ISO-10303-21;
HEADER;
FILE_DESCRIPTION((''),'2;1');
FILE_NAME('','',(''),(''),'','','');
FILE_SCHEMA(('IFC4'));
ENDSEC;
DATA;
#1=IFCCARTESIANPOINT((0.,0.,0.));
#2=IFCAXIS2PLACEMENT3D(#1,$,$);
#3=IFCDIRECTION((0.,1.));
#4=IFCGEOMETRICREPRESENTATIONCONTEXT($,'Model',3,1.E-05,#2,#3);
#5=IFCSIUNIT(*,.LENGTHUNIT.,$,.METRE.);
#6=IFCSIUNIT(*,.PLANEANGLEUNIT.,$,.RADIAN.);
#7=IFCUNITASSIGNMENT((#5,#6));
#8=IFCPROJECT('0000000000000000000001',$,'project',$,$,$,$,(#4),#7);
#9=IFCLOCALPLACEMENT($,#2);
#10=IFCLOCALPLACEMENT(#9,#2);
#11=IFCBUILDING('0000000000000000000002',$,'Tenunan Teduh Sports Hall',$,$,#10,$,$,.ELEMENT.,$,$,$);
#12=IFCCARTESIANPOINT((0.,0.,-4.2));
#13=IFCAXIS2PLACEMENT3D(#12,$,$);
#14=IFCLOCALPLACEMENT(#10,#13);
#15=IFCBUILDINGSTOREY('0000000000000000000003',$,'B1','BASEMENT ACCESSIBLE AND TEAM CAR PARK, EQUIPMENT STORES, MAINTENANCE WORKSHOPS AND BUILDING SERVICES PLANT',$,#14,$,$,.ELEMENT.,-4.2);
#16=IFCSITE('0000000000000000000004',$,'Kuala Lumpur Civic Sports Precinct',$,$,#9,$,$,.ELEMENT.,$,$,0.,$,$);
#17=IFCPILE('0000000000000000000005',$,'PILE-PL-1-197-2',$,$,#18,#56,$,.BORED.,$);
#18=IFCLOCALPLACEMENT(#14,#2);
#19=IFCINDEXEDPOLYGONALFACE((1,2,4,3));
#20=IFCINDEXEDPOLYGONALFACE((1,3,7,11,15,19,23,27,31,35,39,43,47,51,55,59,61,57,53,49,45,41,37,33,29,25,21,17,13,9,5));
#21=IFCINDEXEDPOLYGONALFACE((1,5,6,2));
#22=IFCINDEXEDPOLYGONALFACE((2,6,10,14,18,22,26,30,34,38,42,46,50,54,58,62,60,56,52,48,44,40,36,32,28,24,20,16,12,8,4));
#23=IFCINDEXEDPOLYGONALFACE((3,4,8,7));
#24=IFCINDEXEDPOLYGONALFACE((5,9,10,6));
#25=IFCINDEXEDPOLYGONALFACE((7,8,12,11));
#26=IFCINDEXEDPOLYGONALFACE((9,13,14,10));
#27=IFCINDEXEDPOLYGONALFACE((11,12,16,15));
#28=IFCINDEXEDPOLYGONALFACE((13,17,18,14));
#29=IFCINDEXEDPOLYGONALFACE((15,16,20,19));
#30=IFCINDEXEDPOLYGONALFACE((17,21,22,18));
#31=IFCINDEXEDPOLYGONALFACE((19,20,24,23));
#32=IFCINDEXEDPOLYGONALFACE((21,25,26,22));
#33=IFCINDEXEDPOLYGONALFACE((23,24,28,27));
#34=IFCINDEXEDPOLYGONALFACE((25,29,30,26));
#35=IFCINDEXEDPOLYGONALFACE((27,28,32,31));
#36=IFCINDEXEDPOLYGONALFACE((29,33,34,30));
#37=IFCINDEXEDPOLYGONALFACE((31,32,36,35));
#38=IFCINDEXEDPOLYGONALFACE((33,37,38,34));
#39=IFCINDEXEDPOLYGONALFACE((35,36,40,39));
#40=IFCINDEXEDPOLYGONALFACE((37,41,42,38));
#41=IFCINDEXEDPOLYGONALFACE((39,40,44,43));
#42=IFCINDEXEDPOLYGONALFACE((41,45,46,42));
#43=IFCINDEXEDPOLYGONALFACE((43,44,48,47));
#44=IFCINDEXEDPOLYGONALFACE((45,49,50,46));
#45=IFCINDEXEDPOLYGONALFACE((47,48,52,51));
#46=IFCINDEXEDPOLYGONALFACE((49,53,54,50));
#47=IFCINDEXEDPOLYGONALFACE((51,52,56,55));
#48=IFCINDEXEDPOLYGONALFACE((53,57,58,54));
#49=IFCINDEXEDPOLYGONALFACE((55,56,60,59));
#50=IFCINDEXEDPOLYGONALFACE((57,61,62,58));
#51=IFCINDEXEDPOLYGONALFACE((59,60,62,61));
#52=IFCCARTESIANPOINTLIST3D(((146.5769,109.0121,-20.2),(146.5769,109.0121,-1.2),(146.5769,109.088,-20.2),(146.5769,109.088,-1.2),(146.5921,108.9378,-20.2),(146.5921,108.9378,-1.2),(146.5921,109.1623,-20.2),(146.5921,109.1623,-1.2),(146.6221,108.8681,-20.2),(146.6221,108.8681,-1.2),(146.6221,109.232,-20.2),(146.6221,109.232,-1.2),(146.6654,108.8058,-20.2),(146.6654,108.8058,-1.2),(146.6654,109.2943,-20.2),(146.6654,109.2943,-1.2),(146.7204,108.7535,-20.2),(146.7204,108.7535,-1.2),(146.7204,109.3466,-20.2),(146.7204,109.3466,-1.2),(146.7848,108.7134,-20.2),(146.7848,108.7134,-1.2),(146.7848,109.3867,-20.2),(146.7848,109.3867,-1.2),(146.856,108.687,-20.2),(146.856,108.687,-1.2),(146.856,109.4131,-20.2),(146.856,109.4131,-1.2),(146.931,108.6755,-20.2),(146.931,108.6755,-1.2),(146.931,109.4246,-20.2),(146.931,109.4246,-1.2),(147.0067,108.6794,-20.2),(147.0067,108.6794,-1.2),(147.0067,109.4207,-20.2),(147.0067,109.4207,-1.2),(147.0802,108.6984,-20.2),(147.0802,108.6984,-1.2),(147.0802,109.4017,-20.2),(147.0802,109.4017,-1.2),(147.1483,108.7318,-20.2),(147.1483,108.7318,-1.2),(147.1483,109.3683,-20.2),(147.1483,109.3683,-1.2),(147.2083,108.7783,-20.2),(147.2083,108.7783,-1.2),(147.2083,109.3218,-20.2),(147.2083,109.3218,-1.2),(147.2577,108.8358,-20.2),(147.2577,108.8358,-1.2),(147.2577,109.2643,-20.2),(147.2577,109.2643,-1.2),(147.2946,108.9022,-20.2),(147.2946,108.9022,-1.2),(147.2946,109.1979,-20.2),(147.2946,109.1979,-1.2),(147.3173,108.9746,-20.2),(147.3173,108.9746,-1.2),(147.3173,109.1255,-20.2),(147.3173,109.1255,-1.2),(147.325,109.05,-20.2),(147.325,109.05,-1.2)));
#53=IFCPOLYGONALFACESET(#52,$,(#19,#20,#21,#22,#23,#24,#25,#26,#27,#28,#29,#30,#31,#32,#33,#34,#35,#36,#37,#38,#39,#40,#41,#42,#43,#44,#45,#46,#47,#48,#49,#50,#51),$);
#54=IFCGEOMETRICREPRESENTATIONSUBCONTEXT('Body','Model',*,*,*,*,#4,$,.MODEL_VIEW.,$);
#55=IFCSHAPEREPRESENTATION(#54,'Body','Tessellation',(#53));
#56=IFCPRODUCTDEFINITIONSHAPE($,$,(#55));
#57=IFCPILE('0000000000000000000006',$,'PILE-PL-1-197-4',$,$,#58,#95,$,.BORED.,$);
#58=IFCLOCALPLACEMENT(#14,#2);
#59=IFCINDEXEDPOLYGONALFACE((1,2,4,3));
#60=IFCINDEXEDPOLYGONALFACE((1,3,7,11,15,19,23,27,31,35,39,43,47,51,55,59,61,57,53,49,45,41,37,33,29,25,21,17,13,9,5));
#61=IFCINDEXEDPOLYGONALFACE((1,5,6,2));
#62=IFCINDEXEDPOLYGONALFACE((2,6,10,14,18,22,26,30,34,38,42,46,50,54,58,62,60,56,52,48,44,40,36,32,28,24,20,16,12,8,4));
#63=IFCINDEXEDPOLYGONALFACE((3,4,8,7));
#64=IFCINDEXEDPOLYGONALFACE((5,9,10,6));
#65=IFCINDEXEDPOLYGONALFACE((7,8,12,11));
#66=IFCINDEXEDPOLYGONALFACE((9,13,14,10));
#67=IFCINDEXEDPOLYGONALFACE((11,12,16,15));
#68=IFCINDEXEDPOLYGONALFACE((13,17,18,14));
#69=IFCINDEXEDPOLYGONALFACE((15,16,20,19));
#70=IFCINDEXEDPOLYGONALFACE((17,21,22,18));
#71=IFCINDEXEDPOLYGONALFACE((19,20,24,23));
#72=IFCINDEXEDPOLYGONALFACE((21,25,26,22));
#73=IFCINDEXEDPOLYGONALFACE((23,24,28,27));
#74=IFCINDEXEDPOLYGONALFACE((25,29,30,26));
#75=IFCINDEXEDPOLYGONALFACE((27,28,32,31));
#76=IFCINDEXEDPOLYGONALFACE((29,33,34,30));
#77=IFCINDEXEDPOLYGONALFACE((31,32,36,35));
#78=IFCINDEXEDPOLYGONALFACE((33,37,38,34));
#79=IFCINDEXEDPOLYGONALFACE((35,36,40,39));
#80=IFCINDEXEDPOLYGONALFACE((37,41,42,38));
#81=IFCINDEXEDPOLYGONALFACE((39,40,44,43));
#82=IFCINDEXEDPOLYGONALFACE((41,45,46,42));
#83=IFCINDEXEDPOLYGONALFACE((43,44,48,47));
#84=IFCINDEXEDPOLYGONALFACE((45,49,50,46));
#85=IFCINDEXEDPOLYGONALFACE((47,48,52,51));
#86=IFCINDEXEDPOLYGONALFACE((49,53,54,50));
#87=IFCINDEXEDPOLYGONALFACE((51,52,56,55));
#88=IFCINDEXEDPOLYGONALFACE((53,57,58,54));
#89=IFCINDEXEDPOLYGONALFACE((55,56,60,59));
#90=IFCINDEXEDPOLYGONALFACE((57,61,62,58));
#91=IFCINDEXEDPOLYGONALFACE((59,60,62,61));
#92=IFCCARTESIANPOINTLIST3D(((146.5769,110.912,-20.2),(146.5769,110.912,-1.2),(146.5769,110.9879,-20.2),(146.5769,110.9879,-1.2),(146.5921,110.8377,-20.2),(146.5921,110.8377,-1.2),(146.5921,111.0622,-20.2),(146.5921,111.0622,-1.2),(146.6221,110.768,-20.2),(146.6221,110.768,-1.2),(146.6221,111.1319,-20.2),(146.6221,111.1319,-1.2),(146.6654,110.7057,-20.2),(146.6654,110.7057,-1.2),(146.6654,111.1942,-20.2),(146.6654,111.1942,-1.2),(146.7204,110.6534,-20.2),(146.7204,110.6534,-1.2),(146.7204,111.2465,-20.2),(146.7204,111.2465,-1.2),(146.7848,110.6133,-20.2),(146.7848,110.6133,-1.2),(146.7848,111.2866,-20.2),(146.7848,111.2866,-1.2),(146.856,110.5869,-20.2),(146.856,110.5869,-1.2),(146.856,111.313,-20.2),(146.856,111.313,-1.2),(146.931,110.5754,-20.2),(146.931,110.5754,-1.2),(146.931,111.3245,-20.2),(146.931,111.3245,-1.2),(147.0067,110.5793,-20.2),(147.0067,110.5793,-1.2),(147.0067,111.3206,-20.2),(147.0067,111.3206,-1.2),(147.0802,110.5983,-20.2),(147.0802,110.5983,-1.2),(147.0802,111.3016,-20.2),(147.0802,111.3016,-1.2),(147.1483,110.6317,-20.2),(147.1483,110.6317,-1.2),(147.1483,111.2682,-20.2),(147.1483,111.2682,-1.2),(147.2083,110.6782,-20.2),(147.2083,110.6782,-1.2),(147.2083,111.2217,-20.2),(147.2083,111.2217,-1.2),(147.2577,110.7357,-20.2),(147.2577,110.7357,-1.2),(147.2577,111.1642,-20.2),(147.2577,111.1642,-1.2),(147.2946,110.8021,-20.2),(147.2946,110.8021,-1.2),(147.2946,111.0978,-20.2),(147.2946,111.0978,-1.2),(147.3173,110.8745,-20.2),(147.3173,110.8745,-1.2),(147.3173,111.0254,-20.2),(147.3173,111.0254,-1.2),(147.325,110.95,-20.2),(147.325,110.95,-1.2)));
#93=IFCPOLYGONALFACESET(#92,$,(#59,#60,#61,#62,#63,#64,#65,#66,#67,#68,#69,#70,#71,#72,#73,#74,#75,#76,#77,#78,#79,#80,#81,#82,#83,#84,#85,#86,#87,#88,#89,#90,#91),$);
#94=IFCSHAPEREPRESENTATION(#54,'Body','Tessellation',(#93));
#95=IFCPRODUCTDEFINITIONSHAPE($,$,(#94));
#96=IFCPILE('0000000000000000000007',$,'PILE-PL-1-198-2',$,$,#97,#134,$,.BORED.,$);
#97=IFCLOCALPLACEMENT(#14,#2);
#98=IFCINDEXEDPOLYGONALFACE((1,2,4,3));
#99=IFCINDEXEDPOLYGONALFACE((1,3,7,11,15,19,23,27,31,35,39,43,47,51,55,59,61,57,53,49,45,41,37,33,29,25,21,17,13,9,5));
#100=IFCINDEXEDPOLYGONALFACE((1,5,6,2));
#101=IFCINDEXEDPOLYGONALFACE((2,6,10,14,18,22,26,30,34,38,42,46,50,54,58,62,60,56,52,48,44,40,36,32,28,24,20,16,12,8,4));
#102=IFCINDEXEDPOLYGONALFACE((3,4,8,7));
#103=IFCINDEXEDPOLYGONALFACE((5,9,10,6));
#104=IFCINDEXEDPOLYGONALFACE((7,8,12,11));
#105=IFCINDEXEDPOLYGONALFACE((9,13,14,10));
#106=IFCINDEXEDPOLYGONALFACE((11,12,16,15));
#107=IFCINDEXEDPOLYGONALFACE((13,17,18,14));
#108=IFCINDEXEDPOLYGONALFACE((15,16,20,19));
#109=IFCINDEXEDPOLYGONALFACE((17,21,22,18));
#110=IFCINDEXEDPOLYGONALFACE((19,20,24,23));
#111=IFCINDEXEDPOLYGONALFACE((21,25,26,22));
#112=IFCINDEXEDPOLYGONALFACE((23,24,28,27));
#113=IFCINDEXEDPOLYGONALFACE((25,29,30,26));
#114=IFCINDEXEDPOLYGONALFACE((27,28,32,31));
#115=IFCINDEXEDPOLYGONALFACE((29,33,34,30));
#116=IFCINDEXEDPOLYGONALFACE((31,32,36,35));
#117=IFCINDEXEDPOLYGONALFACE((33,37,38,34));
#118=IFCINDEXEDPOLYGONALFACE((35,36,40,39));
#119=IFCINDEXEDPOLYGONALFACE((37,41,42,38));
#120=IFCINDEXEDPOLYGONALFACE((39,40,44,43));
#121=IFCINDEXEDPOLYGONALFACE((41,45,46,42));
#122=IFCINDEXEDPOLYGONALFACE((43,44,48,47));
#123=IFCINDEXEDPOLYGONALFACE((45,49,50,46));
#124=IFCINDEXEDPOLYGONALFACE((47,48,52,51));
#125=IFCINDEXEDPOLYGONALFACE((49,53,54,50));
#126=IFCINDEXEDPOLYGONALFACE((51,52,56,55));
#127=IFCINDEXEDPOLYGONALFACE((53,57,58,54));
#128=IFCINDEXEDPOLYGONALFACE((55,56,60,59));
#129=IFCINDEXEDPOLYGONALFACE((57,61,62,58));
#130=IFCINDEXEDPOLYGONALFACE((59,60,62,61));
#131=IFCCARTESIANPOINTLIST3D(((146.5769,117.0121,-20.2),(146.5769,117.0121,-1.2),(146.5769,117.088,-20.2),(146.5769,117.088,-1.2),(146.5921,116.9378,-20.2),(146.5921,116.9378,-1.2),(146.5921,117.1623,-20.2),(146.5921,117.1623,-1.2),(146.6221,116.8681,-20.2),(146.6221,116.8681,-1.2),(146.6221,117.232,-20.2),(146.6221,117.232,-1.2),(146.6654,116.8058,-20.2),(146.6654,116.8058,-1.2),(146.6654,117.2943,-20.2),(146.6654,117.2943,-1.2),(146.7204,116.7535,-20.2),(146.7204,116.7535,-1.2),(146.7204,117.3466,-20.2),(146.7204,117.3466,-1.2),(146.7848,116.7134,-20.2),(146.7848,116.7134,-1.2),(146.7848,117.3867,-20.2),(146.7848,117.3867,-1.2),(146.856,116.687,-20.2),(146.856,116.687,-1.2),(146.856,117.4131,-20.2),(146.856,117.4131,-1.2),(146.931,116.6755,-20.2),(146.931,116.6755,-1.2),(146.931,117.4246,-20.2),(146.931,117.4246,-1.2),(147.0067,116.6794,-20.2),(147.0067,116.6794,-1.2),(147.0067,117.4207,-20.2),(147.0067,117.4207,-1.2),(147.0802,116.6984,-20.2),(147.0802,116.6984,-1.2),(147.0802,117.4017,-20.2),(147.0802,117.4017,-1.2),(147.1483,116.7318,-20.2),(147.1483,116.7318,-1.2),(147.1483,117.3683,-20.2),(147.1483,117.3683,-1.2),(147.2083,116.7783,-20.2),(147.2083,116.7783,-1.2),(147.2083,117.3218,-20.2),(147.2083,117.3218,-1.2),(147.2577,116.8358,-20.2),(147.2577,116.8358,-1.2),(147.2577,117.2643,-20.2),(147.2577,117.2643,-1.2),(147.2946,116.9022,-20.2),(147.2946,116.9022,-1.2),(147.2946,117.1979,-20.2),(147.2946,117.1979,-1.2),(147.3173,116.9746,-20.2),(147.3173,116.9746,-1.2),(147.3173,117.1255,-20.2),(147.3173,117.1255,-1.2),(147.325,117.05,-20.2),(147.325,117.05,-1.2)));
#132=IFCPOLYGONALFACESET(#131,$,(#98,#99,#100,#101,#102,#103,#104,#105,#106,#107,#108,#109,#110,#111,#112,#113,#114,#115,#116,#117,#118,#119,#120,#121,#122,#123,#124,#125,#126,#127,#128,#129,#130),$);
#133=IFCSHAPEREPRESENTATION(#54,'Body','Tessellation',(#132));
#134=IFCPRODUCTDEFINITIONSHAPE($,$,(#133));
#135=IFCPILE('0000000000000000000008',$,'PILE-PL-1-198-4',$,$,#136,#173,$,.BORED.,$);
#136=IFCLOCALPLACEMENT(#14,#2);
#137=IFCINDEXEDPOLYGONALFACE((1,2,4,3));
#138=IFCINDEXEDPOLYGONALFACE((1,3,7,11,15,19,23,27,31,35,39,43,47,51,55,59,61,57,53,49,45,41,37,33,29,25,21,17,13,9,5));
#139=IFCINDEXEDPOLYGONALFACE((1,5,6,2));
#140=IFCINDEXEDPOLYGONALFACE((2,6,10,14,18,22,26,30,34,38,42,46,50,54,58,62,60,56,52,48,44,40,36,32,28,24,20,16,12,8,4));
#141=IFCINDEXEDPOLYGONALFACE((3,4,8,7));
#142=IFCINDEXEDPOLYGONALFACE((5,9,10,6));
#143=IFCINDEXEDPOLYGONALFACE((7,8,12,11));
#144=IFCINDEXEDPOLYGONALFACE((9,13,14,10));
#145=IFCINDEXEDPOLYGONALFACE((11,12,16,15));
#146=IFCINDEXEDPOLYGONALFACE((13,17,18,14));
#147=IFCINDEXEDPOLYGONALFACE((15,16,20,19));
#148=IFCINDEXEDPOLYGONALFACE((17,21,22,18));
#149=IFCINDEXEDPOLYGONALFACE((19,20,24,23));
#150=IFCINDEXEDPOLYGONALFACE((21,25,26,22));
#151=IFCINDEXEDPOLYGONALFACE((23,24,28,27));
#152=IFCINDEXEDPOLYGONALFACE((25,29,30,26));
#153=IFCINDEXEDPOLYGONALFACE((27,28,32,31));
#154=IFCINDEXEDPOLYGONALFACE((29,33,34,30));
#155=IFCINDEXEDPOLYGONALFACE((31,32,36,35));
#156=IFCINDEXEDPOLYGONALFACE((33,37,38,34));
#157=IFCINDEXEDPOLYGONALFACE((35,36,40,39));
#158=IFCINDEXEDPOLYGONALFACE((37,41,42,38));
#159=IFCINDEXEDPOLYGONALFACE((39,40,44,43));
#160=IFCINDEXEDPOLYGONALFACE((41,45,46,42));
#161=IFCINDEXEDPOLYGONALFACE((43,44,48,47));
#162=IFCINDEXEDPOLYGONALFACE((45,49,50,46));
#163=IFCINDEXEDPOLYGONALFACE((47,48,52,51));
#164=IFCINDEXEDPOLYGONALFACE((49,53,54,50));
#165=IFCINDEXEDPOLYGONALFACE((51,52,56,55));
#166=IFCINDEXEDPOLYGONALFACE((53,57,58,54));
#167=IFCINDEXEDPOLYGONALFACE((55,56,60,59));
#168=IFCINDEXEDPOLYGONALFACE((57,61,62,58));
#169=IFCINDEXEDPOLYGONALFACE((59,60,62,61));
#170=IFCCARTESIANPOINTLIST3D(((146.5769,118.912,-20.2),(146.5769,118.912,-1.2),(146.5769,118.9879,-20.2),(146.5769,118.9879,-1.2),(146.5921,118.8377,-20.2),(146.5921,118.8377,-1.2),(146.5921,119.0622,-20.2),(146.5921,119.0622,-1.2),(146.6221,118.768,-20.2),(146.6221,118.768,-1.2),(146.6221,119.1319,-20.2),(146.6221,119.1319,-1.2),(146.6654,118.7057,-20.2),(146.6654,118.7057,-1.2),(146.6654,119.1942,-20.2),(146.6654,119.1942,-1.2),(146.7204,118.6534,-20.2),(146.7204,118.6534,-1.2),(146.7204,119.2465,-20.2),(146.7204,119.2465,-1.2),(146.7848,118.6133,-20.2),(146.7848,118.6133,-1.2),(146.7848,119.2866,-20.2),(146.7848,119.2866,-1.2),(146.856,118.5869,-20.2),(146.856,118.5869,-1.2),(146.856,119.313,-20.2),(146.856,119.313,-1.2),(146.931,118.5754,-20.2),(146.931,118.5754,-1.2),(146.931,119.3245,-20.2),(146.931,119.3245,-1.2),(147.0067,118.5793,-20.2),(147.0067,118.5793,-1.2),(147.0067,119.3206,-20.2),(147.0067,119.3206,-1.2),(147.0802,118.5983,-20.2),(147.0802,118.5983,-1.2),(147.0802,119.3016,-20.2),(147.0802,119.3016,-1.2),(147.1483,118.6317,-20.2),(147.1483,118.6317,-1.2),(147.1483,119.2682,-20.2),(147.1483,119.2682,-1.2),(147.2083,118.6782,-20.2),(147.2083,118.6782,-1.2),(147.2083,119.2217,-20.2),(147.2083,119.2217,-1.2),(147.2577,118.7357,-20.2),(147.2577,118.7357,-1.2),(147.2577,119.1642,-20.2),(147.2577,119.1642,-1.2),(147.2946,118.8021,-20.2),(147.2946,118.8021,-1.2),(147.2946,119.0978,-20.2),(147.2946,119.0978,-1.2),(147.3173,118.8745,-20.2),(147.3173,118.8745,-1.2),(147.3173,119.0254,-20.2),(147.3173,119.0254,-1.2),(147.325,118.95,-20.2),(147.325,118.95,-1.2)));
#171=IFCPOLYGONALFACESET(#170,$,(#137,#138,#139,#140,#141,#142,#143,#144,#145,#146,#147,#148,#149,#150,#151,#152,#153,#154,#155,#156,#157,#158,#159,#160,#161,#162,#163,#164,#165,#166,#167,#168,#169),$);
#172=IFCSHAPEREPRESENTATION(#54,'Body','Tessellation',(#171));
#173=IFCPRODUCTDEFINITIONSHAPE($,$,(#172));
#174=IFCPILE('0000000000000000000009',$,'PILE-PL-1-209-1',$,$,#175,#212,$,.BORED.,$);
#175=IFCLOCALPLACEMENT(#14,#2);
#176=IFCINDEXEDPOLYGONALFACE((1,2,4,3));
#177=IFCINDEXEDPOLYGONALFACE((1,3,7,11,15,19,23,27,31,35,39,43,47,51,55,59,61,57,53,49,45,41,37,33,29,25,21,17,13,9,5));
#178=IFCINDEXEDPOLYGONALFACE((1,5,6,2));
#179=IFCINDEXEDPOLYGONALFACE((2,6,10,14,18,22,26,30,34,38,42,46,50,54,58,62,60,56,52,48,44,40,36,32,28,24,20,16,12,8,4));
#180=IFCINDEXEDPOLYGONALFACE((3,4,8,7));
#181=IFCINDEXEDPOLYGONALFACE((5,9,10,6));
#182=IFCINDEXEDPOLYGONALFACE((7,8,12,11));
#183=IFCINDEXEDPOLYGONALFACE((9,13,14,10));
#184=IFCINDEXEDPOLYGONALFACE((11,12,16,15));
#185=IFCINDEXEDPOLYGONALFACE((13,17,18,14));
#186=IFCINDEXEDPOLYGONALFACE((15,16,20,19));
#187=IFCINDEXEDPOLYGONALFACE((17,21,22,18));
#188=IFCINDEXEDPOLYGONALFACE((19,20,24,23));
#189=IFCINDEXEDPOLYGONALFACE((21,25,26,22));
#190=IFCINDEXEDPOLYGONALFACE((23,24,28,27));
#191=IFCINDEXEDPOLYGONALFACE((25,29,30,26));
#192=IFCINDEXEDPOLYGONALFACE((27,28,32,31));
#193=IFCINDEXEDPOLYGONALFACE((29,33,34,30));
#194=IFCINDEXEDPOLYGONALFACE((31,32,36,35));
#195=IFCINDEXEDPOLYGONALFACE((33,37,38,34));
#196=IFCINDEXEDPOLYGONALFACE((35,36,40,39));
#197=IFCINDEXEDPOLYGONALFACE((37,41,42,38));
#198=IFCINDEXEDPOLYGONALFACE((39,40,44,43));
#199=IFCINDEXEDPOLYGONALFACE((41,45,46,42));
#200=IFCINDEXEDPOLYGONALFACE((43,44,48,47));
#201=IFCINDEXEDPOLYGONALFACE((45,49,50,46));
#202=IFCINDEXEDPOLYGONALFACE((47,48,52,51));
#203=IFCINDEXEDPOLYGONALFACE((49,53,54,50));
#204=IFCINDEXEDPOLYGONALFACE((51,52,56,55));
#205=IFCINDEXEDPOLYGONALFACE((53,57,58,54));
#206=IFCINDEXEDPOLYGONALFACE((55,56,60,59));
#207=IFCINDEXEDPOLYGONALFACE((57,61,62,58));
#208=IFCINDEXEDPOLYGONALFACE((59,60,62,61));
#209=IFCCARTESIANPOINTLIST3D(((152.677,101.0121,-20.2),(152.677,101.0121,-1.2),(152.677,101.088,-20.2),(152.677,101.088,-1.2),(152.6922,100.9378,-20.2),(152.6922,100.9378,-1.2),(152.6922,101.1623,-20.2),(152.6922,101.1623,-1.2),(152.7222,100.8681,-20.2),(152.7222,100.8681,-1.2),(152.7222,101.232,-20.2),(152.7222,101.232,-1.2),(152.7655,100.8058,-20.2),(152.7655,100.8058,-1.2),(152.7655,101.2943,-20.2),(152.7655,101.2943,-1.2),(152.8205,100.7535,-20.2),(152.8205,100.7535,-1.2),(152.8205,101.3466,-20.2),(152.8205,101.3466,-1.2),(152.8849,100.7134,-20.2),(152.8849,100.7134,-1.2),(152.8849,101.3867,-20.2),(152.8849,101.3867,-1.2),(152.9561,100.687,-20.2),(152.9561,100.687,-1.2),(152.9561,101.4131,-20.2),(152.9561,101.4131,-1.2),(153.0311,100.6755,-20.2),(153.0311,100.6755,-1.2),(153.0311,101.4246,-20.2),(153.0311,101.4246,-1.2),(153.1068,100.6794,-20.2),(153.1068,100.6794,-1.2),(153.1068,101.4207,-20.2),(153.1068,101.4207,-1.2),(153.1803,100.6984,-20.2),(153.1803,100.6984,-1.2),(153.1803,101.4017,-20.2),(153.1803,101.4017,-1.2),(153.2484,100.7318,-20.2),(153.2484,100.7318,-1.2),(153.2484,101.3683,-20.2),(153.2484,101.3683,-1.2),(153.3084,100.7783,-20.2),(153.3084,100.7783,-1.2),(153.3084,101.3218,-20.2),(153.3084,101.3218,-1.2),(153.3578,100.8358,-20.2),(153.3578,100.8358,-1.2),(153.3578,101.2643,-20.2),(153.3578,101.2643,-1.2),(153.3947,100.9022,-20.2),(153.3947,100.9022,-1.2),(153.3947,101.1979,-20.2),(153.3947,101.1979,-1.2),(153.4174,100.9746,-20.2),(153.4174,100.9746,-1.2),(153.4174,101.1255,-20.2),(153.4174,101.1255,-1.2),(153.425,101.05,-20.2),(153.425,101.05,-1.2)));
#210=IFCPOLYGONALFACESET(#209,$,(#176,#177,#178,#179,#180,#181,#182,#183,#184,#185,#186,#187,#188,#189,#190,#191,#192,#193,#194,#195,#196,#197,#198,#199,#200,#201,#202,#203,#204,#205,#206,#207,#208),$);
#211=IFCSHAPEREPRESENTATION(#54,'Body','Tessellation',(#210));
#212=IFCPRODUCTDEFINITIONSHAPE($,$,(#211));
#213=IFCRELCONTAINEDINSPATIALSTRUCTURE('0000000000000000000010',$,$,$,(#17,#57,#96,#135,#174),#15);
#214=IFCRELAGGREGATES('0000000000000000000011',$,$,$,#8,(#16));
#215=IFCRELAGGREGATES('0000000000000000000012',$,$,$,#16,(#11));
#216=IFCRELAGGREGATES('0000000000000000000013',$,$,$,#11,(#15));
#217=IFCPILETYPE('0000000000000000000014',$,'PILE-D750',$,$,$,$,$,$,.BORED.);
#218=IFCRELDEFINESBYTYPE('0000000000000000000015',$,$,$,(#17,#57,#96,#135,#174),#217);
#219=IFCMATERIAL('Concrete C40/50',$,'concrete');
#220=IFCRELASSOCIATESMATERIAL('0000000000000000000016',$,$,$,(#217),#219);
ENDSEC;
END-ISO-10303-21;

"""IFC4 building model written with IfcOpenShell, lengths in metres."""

from ifc_helpers import new_model, si_unit, direction, frame, origin, origin_2d, place, context, subcontext, project, spatial, circle, extrude, material, material_profile, profile_set, type_object, element, save


model = new_model("IFC4")

# Units and contexts
model_context = context("Model", 3, precision=1e-05, world=origin(), true_north=direction((0.0, 1.0)))
body_context = subcontext(model_context, "Body", "Model", "MODEL_VIEW")
ifc_project = project(units=[si_unit("LENGTHUNIT", "METRE"), si_unit("PLANEANGLEUNIT", "RADIAN")], contexts=[model_context])

# Site, building, storey
site_placement = place(None, origin())
site = spatial("IfcSite", under=ifc_project, at=site_placement, Name="Kuala Lumpur Civic Sports Precinct", CompositionType="ELEMENT", RefElevation=0.0)
building_placement = place(site_placement, origin())
building = spatial("IfcBuilding", under=site, at=building_placement, Name="Tenunan Teduh Sports Hall", CompositionType="ELEMENT")
storey_placement = place(building_placement, frame((0.0, 0.0, -4.2)))
storey = spatial("IfcBuildingStorey", under=building, at=storey_placement, Name="B1", Description="BASEMENT ACCESSIBLE AND TEAM CAR PARK, EQUIPMENT STORES, MAINTENANCE WORKSHOPS AND BUILDING SERVICES PLANT", CompositionType="ELEMENT", Elevation=-4.2)

# Piles
ifc_material_1 = material(Name="Concrete C40/50", Category="concrete")
ifc_material_profile_1 = material_profile(ifc_material_1, circle(Radius=0.375, at=origin_2d()), Name="PILE D750")
ifc_profile_set_1 = profile_set([ifc_material_profile_1], Name="Concrete C40/50")
pile_type = type_object("IfcPileType", Name="PILE-D750", PredefinedType="BORED", material=ifc_profile_set_1)
for number, where, z_axis, x_axis, name in (
    (1, (146.95, 109.05, -1.2), (0.0, 0.0, -1.0), (1.0, 0.0, 0.0), "PILE-PL-1-197-2"),
    (2, (146.95, 110.95, -1.2), (0.0, 0.0, -1.0), (1.0, 0.0, 0.0), "PILE-PL-1-197-4"),
    (3, (146.95, 117.05, -1.2), (0.0, 0.0, -1.0), (1.0, 0.0, 0.0), "PILE-PL-1-198-2"),
    (4, (146.95, 118.95, -1.2), (0.0, 0.0, -1.0), (1.0, 0.0, 0.0), "PILE-PL-1-198-4"),
    (5, (153.05, 101.05, -1.2), (0.0, 0.0, -1.0), (1.0, 0.0, 0.0), "PILE-PL-1-209-1"),
):
    element("IfcPile", number, at=place(storey_placement, frame(where, z_axis=z_axis, x_axis=x_axis)), inside=storey, type_object=pile_type, Name=name, PredefinedType="BORED", context=body_context, shape_type="SweptSolid", body=[
        extrude(circle(Radius=0.375, at=origin_2d()), origin(), (0.0, 0.0, 1.0), 19.0),
    ])

save(model, "model.ifc")
